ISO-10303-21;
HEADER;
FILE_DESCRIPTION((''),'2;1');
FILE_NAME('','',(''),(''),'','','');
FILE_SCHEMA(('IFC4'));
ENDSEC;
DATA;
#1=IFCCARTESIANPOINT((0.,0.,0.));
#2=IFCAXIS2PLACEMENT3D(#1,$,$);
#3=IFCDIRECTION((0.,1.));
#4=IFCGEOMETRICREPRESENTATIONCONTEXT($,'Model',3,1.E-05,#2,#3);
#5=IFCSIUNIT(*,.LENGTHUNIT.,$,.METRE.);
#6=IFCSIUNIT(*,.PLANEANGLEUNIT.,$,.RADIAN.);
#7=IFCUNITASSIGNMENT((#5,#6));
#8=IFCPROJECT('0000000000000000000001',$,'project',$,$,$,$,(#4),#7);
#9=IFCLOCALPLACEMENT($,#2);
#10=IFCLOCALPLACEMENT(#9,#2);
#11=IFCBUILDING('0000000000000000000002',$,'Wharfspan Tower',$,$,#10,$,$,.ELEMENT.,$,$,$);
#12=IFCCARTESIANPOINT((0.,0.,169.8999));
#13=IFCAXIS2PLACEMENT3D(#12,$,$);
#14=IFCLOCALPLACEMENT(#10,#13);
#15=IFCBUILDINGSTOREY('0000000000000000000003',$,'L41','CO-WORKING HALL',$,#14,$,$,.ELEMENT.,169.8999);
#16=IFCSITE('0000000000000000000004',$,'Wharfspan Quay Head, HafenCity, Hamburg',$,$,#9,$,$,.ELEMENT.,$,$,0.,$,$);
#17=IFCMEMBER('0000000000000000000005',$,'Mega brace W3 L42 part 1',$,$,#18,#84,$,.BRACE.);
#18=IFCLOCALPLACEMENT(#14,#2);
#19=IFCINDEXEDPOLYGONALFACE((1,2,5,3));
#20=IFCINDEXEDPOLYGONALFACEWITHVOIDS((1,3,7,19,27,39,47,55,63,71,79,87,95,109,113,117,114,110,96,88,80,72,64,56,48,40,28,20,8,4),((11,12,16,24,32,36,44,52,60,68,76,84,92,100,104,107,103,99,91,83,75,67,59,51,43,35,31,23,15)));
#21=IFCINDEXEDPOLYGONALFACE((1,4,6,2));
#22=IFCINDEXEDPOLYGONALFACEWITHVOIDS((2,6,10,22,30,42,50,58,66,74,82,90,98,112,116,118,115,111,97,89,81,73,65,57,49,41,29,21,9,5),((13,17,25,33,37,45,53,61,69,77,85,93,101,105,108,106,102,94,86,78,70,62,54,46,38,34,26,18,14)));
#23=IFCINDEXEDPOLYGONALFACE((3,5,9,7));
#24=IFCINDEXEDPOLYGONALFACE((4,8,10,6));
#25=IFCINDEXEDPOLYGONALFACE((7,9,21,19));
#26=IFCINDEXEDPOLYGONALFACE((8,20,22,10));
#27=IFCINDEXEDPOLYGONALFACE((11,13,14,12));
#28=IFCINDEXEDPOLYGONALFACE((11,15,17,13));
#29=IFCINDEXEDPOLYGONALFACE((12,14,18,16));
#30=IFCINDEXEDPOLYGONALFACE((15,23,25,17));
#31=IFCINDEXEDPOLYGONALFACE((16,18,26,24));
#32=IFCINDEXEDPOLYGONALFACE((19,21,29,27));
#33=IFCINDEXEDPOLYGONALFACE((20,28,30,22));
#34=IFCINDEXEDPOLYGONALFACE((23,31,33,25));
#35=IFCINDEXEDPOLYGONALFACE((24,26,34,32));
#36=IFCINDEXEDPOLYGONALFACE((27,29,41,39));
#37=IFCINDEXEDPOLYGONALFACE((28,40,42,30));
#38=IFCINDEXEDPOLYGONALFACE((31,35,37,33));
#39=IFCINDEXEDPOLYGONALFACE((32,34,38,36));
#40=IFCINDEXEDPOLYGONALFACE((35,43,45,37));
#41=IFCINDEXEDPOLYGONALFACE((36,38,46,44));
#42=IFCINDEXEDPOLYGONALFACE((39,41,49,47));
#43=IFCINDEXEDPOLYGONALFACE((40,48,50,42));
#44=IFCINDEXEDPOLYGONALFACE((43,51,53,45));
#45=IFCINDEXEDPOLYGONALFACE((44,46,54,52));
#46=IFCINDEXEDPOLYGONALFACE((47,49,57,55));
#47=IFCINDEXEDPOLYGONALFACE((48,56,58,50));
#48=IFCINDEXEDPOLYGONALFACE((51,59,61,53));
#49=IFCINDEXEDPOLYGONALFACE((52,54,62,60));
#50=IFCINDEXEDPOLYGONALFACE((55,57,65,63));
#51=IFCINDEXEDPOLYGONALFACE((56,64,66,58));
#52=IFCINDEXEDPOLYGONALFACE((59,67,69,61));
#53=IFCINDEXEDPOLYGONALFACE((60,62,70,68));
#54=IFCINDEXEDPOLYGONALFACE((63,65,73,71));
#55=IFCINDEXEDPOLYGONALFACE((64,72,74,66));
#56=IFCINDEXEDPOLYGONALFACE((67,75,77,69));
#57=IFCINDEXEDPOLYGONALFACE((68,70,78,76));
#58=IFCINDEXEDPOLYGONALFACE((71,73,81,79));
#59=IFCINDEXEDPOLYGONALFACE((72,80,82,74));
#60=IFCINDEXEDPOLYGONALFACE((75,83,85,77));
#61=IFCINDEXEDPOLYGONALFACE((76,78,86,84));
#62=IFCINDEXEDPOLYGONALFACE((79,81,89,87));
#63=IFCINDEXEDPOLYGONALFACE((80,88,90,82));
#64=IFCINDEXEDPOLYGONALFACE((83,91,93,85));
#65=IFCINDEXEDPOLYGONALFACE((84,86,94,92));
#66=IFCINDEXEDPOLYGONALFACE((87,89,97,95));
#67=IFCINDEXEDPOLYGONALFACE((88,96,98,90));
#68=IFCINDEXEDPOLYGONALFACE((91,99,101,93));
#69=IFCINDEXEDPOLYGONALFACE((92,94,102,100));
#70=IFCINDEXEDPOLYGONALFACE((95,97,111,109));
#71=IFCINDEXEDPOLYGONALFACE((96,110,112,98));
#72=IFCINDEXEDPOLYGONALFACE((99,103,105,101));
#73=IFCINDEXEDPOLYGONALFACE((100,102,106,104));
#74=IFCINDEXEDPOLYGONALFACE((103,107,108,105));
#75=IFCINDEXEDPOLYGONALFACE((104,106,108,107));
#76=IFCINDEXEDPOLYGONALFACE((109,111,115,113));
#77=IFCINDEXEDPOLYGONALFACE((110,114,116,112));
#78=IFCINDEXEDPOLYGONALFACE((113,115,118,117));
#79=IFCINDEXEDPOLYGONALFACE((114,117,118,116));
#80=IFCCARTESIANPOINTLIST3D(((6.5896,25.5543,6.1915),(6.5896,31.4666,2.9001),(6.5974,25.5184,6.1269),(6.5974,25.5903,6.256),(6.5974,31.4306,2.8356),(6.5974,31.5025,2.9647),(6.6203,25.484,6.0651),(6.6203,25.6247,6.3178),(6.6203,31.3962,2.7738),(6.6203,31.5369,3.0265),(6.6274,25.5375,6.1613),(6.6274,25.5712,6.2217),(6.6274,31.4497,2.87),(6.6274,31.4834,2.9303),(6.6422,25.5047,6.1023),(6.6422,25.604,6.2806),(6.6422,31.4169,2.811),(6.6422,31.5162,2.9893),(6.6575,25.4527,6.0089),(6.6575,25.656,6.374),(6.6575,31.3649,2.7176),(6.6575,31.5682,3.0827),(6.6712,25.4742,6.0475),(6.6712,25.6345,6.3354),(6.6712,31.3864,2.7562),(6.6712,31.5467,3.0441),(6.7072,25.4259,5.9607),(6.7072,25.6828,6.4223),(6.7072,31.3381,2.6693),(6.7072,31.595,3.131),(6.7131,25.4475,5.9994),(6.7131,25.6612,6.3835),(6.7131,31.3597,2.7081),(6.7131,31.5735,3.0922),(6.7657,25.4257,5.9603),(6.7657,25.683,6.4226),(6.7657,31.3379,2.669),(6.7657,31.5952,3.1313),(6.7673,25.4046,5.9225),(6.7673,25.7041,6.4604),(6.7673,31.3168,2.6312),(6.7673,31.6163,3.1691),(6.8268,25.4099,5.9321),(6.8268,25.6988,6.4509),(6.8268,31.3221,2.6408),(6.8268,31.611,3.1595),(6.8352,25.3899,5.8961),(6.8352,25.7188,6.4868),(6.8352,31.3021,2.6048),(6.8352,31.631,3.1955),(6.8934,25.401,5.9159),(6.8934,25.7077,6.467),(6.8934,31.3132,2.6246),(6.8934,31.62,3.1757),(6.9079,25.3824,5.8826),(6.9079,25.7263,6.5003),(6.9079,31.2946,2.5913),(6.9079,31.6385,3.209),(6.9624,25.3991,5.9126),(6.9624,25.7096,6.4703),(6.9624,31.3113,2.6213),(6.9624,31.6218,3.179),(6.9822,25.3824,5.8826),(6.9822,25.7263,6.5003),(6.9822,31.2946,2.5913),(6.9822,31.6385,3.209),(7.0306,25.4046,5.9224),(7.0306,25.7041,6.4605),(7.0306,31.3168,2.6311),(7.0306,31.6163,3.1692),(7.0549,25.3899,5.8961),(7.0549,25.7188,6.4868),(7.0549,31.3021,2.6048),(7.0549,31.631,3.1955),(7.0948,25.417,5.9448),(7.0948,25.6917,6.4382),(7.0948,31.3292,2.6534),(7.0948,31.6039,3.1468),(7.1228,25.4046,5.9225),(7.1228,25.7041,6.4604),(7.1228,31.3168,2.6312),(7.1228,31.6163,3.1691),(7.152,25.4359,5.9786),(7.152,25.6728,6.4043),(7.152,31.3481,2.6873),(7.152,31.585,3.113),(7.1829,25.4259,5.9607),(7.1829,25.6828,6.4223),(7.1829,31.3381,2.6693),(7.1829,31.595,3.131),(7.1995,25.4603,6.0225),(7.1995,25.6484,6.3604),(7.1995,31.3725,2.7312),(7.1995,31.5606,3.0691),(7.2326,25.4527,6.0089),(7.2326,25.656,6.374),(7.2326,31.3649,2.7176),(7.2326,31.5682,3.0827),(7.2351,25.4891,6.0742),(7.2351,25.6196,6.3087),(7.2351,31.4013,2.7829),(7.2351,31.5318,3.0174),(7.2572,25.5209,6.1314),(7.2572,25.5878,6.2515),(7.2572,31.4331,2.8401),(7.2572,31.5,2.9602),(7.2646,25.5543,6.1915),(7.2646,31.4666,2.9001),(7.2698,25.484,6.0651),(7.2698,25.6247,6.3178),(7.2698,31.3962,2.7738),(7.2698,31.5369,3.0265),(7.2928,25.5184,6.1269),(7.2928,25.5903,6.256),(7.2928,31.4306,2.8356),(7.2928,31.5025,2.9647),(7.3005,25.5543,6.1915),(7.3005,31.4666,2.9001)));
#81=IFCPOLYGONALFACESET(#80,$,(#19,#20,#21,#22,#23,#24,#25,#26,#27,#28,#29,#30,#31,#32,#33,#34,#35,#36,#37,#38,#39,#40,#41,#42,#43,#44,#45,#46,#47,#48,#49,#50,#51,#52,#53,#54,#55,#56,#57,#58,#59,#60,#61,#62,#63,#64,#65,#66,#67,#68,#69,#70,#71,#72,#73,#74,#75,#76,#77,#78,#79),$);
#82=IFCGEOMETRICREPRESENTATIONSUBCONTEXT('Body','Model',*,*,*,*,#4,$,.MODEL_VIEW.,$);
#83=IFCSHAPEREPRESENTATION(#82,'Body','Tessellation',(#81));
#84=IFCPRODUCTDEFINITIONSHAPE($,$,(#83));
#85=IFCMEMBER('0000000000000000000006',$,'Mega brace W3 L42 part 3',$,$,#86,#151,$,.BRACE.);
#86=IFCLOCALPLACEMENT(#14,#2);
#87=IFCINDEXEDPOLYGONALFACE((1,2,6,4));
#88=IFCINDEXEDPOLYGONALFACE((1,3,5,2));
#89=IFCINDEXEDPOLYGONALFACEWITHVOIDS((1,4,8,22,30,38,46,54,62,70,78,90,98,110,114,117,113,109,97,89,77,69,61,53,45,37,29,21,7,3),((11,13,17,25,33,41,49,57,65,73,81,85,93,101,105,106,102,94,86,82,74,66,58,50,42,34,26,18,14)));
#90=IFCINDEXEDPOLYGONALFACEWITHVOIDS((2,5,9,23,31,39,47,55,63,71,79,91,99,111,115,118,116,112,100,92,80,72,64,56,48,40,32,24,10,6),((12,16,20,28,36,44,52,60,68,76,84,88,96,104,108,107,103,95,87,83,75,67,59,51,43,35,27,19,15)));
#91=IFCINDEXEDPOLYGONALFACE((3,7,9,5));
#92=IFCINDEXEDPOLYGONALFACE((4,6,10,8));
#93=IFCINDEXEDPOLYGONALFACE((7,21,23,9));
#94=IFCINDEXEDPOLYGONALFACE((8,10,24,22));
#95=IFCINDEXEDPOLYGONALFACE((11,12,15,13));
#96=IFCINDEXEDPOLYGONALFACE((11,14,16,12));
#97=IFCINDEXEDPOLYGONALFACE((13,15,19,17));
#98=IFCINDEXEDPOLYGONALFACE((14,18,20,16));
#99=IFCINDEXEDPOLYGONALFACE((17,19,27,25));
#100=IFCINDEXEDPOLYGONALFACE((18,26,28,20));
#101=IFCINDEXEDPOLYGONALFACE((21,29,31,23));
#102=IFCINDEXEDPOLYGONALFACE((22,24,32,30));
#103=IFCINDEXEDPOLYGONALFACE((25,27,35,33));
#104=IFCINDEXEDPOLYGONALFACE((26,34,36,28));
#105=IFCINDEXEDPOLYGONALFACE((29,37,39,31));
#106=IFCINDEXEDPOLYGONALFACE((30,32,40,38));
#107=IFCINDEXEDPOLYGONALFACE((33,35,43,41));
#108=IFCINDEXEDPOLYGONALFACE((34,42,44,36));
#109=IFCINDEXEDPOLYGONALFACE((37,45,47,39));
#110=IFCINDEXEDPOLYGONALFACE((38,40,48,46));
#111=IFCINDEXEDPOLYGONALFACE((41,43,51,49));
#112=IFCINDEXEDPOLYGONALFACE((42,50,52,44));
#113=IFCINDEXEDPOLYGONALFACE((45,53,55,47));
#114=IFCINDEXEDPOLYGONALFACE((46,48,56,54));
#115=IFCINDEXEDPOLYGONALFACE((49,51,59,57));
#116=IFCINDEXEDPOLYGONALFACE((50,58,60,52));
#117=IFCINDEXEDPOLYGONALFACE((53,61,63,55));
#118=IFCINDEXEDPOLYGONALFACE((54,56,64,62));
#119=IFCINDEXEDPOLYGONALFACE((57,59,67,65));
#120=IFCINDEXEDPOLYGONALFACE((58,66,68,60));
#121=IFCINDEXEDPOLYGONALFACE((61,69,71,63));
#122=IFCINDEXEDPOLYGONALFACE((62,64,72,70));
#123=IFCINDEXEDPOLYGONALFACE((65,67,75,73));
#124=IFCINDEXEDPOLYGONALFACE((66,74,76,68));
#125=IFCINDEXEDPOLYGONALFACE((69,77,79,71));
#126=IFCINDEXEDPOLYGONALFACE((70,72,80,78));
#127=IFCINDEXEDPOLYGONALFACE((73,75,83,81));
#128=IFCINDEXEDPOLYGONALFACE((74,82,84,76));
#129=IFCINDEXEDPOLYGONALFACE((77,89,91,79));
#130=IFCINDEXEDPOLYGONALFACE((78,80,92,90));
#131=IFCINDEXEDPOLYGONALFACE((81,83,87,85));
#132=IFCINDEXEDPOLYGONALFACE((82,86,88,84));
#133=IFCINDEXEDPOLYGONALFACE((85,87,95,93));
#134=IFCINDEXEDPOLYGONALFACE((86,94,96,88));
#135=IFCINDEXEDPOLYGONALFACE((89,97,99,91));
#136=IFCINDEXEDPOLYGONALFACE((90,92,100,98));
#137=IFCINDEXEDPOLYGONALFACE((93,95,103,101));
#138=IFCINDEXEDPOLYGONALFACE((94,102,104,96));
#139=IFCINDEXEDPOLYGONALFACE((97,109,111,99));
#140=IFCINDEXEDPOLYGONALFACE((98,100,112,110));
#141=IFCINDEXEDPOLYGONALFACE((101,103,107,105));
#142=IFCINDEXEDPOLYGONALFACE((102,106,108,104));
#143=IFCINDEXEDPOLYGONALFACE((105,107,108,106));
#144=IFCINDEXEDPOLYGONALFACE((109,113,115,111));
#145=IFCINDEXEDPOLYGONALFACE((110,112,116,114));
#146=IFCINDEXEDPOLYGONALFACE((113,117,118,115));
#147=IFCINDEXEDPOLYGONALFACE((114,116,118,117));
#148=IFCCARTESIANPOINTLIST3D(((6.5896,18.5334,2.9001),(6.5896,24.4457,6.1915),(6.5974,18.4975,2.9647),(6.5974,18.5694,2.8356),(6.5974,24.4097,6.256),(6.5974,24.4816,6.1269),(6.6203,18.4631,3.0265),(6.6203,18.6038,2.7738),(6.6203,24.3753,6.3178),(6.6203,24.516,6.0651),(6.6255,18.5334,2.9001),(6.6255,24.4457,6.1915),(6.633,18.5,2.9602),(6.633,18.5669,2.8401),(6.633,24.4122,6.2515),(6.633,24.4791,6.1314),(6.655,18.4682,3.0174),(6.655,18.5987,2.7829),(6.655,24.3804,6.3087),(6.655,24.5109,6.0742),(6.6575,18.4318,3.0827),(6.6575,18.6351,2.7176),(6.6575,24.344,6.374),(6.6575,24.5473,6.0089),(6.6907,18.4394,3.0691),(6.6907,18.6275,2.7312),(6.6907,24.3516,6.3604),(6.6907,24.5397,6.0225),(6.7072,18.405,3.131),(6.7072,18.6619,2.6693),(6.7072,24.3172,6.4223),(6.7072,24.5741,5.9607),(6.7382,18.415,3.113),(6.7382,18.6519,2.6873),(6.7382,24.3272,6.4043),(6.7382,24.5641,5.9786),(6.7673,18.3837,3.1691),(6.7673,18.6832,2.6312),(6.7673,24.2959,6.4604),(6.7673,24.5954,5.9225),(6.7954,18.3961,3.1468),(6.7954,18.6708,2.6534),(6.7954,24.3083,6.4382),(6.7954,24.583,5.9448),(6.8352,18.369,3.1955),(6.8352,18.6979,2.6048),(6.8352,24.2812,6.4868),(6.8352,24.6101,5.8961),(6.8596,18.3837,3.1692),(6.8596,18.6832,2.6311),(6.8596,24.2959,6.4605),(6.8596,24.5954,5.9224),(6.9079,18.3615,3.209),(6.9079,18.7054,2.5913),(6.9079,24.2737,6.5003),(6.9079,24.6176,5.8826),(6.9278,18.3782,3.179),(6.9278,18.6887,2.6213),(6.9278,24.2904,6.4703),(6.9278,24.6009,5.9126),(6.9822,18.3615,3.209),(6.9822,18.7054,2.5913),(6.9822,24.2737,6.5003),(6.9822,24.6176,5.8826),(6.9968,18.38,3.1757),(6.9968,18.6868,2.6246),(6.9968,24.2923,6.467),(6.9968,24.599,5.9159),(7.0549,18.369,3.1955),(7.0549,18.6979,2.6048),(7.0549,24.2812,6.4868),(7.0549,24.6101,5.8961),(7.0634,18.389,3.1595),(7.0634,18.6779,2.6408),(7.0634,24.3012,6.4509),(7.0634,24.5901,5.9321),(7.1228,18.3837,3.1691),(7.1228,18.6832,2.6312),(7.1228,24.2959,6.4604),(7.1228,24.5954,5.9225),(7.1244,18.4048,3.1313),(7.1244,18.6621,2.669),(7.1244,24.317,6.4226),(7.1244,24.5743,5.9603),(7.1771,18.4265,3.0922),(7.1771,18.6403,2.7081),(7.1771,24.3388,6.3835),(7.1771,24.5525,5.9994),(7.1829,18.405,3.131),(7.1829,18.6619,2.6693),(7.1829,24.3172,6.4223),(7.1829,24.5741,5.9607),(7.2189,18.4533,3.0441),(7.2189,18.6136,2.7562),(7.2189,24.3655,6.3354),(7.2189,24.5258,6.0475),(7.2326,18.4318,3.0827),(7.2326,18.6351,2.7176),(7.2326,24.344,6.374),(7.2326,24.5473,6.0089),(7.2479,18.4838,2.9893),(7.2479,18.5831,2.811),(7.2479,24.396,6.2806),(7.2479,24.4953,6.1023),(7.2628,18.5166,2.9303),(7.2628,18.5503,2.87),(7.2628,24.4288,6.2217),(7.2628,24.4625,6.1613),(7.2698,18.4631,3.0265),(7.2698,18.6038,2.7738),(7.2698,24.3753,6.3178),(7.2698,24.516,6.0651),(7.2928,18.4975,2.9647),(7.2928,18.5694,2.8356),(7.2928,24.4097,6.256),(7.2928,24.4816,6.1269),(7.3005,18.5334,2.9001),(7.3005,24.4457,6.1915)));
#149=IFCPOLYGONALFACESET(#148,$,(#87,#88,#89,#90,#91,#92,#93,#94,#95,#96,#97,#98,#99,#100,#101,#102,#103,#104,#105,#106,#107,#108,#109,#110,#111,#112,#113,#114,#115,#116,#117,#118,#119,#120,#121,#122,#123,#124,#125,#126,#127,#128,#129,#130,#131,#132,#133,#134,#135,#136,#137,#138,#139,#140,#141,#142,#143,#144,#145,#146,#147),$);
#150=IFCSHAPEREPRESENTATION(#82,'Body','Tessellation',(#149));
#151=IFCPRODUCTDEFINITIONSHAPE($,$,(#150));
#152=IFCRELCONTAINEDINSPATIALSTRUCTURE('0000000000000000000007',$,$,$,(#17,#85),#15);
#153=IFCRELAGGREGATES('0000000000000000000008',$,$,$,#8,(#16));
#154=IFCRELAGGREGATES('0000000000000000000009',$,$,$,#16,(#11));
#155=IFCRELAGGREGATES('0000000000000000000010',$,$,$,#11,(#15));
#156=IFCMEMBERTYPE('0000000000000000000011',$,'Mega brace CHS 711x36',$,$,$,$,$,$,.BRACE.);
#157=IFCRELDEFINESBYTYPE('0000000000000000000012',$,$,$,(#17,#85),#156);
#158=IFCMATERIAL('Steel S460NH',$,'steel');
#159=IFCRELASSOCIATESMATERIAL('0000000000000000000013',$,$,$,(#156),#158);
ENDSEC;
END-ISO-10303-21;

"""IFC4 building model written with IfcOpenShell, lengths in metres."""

from ifc_helpers import new_model, si_unit, direction, frame, origin, origin_2d, place, context, subcontext, project, spatial, hollow_circle, extrude, material, material_profile, profile_set, type_object, element, save


model = new_model("IFC4")

# Units and contexts
model_context = context("Model", 3, precision=1e-05, world=origin(), true_north=direction((0.0, 1.0)))
body_context = subcontext(model_context, "Body", "Model", "MODEL_VIEW")
ifc_project = project(units=[si_unit("LENGTHUNIT", "METRE"), si_unit("PLANEANGLEUNIT", "RADIAN")], contexts=[model_context])

# Site, building, storey
site_placement = place(None, origin())
site = spatial("IfcSite", under=ifc_project, at=site_placement, Name="Wharfspan Quay Head, HafenCity, Hamburg", CompositionType="ELEMENT", RefElevation=0.0)
building_placement = place(site_placement, origin())
building = spatial("IfcBuilding", under=site, at=building_placement, Name="Wharfspan Tower", CompositionType="ELEMENT")
storey_placement = place(building_placement, frame((0.0, 0.0, 169.8999)))
storey = spatial("IfcBuildingStorey", under=building, at=storey_placement, Name="L41", Description="CO-WORKING HALL", CompositionType="ELEMENT", Elevation=169.8999)

# Members
ifc_material_1 = material(Name="Steel S460NH", Category="steel")
ifc_material_profile_1 = material_profile(ifc_material_1, hollow_circle(Radius=0.3555, WallThickness=0.0359, at=origin_2d()))
ifc_profile_set_1 = profile_set([ifc_material_profile_1], Name="Steel S460NH")
member_type_1 = type_object("IfcMemberType", Name="Mega brace CHS 711x36", PredefinedType="BRACE", material=ifc_profile_set_1)
for number, where, z_axis, x_axis, name in (
    (1, (6.9451, 31.4666, 2.9001), (0.0, -0.873733, 0.486406), (1.0, 0.0, 0.0), "Mega brace W3 L42 part 1"),
    (2, (6.9451, 18.5334, 2.9001), (0.0, 0.873733, 0.486406), (-1.0, 0.0, 0.0), "Mega brace W3 L42 part 3"),
):
    element("IfcMember", number, at=place(storey_placement, frame(where, z_axis=z_axis, x_axis=x_axis)), inside=storey, type_object=member_type_1, Name=name, PredefinedType="BRACE", context=body_context, shape_type="SweptSolid", body=[
        extrude(hollow_circle(Radius=0.3555, WallThickness=0.0359, at=origin_2d()), origin(), (0.0, 0.0, 1.0), 6.7666),
    ])

save(model, "model.ifc")
